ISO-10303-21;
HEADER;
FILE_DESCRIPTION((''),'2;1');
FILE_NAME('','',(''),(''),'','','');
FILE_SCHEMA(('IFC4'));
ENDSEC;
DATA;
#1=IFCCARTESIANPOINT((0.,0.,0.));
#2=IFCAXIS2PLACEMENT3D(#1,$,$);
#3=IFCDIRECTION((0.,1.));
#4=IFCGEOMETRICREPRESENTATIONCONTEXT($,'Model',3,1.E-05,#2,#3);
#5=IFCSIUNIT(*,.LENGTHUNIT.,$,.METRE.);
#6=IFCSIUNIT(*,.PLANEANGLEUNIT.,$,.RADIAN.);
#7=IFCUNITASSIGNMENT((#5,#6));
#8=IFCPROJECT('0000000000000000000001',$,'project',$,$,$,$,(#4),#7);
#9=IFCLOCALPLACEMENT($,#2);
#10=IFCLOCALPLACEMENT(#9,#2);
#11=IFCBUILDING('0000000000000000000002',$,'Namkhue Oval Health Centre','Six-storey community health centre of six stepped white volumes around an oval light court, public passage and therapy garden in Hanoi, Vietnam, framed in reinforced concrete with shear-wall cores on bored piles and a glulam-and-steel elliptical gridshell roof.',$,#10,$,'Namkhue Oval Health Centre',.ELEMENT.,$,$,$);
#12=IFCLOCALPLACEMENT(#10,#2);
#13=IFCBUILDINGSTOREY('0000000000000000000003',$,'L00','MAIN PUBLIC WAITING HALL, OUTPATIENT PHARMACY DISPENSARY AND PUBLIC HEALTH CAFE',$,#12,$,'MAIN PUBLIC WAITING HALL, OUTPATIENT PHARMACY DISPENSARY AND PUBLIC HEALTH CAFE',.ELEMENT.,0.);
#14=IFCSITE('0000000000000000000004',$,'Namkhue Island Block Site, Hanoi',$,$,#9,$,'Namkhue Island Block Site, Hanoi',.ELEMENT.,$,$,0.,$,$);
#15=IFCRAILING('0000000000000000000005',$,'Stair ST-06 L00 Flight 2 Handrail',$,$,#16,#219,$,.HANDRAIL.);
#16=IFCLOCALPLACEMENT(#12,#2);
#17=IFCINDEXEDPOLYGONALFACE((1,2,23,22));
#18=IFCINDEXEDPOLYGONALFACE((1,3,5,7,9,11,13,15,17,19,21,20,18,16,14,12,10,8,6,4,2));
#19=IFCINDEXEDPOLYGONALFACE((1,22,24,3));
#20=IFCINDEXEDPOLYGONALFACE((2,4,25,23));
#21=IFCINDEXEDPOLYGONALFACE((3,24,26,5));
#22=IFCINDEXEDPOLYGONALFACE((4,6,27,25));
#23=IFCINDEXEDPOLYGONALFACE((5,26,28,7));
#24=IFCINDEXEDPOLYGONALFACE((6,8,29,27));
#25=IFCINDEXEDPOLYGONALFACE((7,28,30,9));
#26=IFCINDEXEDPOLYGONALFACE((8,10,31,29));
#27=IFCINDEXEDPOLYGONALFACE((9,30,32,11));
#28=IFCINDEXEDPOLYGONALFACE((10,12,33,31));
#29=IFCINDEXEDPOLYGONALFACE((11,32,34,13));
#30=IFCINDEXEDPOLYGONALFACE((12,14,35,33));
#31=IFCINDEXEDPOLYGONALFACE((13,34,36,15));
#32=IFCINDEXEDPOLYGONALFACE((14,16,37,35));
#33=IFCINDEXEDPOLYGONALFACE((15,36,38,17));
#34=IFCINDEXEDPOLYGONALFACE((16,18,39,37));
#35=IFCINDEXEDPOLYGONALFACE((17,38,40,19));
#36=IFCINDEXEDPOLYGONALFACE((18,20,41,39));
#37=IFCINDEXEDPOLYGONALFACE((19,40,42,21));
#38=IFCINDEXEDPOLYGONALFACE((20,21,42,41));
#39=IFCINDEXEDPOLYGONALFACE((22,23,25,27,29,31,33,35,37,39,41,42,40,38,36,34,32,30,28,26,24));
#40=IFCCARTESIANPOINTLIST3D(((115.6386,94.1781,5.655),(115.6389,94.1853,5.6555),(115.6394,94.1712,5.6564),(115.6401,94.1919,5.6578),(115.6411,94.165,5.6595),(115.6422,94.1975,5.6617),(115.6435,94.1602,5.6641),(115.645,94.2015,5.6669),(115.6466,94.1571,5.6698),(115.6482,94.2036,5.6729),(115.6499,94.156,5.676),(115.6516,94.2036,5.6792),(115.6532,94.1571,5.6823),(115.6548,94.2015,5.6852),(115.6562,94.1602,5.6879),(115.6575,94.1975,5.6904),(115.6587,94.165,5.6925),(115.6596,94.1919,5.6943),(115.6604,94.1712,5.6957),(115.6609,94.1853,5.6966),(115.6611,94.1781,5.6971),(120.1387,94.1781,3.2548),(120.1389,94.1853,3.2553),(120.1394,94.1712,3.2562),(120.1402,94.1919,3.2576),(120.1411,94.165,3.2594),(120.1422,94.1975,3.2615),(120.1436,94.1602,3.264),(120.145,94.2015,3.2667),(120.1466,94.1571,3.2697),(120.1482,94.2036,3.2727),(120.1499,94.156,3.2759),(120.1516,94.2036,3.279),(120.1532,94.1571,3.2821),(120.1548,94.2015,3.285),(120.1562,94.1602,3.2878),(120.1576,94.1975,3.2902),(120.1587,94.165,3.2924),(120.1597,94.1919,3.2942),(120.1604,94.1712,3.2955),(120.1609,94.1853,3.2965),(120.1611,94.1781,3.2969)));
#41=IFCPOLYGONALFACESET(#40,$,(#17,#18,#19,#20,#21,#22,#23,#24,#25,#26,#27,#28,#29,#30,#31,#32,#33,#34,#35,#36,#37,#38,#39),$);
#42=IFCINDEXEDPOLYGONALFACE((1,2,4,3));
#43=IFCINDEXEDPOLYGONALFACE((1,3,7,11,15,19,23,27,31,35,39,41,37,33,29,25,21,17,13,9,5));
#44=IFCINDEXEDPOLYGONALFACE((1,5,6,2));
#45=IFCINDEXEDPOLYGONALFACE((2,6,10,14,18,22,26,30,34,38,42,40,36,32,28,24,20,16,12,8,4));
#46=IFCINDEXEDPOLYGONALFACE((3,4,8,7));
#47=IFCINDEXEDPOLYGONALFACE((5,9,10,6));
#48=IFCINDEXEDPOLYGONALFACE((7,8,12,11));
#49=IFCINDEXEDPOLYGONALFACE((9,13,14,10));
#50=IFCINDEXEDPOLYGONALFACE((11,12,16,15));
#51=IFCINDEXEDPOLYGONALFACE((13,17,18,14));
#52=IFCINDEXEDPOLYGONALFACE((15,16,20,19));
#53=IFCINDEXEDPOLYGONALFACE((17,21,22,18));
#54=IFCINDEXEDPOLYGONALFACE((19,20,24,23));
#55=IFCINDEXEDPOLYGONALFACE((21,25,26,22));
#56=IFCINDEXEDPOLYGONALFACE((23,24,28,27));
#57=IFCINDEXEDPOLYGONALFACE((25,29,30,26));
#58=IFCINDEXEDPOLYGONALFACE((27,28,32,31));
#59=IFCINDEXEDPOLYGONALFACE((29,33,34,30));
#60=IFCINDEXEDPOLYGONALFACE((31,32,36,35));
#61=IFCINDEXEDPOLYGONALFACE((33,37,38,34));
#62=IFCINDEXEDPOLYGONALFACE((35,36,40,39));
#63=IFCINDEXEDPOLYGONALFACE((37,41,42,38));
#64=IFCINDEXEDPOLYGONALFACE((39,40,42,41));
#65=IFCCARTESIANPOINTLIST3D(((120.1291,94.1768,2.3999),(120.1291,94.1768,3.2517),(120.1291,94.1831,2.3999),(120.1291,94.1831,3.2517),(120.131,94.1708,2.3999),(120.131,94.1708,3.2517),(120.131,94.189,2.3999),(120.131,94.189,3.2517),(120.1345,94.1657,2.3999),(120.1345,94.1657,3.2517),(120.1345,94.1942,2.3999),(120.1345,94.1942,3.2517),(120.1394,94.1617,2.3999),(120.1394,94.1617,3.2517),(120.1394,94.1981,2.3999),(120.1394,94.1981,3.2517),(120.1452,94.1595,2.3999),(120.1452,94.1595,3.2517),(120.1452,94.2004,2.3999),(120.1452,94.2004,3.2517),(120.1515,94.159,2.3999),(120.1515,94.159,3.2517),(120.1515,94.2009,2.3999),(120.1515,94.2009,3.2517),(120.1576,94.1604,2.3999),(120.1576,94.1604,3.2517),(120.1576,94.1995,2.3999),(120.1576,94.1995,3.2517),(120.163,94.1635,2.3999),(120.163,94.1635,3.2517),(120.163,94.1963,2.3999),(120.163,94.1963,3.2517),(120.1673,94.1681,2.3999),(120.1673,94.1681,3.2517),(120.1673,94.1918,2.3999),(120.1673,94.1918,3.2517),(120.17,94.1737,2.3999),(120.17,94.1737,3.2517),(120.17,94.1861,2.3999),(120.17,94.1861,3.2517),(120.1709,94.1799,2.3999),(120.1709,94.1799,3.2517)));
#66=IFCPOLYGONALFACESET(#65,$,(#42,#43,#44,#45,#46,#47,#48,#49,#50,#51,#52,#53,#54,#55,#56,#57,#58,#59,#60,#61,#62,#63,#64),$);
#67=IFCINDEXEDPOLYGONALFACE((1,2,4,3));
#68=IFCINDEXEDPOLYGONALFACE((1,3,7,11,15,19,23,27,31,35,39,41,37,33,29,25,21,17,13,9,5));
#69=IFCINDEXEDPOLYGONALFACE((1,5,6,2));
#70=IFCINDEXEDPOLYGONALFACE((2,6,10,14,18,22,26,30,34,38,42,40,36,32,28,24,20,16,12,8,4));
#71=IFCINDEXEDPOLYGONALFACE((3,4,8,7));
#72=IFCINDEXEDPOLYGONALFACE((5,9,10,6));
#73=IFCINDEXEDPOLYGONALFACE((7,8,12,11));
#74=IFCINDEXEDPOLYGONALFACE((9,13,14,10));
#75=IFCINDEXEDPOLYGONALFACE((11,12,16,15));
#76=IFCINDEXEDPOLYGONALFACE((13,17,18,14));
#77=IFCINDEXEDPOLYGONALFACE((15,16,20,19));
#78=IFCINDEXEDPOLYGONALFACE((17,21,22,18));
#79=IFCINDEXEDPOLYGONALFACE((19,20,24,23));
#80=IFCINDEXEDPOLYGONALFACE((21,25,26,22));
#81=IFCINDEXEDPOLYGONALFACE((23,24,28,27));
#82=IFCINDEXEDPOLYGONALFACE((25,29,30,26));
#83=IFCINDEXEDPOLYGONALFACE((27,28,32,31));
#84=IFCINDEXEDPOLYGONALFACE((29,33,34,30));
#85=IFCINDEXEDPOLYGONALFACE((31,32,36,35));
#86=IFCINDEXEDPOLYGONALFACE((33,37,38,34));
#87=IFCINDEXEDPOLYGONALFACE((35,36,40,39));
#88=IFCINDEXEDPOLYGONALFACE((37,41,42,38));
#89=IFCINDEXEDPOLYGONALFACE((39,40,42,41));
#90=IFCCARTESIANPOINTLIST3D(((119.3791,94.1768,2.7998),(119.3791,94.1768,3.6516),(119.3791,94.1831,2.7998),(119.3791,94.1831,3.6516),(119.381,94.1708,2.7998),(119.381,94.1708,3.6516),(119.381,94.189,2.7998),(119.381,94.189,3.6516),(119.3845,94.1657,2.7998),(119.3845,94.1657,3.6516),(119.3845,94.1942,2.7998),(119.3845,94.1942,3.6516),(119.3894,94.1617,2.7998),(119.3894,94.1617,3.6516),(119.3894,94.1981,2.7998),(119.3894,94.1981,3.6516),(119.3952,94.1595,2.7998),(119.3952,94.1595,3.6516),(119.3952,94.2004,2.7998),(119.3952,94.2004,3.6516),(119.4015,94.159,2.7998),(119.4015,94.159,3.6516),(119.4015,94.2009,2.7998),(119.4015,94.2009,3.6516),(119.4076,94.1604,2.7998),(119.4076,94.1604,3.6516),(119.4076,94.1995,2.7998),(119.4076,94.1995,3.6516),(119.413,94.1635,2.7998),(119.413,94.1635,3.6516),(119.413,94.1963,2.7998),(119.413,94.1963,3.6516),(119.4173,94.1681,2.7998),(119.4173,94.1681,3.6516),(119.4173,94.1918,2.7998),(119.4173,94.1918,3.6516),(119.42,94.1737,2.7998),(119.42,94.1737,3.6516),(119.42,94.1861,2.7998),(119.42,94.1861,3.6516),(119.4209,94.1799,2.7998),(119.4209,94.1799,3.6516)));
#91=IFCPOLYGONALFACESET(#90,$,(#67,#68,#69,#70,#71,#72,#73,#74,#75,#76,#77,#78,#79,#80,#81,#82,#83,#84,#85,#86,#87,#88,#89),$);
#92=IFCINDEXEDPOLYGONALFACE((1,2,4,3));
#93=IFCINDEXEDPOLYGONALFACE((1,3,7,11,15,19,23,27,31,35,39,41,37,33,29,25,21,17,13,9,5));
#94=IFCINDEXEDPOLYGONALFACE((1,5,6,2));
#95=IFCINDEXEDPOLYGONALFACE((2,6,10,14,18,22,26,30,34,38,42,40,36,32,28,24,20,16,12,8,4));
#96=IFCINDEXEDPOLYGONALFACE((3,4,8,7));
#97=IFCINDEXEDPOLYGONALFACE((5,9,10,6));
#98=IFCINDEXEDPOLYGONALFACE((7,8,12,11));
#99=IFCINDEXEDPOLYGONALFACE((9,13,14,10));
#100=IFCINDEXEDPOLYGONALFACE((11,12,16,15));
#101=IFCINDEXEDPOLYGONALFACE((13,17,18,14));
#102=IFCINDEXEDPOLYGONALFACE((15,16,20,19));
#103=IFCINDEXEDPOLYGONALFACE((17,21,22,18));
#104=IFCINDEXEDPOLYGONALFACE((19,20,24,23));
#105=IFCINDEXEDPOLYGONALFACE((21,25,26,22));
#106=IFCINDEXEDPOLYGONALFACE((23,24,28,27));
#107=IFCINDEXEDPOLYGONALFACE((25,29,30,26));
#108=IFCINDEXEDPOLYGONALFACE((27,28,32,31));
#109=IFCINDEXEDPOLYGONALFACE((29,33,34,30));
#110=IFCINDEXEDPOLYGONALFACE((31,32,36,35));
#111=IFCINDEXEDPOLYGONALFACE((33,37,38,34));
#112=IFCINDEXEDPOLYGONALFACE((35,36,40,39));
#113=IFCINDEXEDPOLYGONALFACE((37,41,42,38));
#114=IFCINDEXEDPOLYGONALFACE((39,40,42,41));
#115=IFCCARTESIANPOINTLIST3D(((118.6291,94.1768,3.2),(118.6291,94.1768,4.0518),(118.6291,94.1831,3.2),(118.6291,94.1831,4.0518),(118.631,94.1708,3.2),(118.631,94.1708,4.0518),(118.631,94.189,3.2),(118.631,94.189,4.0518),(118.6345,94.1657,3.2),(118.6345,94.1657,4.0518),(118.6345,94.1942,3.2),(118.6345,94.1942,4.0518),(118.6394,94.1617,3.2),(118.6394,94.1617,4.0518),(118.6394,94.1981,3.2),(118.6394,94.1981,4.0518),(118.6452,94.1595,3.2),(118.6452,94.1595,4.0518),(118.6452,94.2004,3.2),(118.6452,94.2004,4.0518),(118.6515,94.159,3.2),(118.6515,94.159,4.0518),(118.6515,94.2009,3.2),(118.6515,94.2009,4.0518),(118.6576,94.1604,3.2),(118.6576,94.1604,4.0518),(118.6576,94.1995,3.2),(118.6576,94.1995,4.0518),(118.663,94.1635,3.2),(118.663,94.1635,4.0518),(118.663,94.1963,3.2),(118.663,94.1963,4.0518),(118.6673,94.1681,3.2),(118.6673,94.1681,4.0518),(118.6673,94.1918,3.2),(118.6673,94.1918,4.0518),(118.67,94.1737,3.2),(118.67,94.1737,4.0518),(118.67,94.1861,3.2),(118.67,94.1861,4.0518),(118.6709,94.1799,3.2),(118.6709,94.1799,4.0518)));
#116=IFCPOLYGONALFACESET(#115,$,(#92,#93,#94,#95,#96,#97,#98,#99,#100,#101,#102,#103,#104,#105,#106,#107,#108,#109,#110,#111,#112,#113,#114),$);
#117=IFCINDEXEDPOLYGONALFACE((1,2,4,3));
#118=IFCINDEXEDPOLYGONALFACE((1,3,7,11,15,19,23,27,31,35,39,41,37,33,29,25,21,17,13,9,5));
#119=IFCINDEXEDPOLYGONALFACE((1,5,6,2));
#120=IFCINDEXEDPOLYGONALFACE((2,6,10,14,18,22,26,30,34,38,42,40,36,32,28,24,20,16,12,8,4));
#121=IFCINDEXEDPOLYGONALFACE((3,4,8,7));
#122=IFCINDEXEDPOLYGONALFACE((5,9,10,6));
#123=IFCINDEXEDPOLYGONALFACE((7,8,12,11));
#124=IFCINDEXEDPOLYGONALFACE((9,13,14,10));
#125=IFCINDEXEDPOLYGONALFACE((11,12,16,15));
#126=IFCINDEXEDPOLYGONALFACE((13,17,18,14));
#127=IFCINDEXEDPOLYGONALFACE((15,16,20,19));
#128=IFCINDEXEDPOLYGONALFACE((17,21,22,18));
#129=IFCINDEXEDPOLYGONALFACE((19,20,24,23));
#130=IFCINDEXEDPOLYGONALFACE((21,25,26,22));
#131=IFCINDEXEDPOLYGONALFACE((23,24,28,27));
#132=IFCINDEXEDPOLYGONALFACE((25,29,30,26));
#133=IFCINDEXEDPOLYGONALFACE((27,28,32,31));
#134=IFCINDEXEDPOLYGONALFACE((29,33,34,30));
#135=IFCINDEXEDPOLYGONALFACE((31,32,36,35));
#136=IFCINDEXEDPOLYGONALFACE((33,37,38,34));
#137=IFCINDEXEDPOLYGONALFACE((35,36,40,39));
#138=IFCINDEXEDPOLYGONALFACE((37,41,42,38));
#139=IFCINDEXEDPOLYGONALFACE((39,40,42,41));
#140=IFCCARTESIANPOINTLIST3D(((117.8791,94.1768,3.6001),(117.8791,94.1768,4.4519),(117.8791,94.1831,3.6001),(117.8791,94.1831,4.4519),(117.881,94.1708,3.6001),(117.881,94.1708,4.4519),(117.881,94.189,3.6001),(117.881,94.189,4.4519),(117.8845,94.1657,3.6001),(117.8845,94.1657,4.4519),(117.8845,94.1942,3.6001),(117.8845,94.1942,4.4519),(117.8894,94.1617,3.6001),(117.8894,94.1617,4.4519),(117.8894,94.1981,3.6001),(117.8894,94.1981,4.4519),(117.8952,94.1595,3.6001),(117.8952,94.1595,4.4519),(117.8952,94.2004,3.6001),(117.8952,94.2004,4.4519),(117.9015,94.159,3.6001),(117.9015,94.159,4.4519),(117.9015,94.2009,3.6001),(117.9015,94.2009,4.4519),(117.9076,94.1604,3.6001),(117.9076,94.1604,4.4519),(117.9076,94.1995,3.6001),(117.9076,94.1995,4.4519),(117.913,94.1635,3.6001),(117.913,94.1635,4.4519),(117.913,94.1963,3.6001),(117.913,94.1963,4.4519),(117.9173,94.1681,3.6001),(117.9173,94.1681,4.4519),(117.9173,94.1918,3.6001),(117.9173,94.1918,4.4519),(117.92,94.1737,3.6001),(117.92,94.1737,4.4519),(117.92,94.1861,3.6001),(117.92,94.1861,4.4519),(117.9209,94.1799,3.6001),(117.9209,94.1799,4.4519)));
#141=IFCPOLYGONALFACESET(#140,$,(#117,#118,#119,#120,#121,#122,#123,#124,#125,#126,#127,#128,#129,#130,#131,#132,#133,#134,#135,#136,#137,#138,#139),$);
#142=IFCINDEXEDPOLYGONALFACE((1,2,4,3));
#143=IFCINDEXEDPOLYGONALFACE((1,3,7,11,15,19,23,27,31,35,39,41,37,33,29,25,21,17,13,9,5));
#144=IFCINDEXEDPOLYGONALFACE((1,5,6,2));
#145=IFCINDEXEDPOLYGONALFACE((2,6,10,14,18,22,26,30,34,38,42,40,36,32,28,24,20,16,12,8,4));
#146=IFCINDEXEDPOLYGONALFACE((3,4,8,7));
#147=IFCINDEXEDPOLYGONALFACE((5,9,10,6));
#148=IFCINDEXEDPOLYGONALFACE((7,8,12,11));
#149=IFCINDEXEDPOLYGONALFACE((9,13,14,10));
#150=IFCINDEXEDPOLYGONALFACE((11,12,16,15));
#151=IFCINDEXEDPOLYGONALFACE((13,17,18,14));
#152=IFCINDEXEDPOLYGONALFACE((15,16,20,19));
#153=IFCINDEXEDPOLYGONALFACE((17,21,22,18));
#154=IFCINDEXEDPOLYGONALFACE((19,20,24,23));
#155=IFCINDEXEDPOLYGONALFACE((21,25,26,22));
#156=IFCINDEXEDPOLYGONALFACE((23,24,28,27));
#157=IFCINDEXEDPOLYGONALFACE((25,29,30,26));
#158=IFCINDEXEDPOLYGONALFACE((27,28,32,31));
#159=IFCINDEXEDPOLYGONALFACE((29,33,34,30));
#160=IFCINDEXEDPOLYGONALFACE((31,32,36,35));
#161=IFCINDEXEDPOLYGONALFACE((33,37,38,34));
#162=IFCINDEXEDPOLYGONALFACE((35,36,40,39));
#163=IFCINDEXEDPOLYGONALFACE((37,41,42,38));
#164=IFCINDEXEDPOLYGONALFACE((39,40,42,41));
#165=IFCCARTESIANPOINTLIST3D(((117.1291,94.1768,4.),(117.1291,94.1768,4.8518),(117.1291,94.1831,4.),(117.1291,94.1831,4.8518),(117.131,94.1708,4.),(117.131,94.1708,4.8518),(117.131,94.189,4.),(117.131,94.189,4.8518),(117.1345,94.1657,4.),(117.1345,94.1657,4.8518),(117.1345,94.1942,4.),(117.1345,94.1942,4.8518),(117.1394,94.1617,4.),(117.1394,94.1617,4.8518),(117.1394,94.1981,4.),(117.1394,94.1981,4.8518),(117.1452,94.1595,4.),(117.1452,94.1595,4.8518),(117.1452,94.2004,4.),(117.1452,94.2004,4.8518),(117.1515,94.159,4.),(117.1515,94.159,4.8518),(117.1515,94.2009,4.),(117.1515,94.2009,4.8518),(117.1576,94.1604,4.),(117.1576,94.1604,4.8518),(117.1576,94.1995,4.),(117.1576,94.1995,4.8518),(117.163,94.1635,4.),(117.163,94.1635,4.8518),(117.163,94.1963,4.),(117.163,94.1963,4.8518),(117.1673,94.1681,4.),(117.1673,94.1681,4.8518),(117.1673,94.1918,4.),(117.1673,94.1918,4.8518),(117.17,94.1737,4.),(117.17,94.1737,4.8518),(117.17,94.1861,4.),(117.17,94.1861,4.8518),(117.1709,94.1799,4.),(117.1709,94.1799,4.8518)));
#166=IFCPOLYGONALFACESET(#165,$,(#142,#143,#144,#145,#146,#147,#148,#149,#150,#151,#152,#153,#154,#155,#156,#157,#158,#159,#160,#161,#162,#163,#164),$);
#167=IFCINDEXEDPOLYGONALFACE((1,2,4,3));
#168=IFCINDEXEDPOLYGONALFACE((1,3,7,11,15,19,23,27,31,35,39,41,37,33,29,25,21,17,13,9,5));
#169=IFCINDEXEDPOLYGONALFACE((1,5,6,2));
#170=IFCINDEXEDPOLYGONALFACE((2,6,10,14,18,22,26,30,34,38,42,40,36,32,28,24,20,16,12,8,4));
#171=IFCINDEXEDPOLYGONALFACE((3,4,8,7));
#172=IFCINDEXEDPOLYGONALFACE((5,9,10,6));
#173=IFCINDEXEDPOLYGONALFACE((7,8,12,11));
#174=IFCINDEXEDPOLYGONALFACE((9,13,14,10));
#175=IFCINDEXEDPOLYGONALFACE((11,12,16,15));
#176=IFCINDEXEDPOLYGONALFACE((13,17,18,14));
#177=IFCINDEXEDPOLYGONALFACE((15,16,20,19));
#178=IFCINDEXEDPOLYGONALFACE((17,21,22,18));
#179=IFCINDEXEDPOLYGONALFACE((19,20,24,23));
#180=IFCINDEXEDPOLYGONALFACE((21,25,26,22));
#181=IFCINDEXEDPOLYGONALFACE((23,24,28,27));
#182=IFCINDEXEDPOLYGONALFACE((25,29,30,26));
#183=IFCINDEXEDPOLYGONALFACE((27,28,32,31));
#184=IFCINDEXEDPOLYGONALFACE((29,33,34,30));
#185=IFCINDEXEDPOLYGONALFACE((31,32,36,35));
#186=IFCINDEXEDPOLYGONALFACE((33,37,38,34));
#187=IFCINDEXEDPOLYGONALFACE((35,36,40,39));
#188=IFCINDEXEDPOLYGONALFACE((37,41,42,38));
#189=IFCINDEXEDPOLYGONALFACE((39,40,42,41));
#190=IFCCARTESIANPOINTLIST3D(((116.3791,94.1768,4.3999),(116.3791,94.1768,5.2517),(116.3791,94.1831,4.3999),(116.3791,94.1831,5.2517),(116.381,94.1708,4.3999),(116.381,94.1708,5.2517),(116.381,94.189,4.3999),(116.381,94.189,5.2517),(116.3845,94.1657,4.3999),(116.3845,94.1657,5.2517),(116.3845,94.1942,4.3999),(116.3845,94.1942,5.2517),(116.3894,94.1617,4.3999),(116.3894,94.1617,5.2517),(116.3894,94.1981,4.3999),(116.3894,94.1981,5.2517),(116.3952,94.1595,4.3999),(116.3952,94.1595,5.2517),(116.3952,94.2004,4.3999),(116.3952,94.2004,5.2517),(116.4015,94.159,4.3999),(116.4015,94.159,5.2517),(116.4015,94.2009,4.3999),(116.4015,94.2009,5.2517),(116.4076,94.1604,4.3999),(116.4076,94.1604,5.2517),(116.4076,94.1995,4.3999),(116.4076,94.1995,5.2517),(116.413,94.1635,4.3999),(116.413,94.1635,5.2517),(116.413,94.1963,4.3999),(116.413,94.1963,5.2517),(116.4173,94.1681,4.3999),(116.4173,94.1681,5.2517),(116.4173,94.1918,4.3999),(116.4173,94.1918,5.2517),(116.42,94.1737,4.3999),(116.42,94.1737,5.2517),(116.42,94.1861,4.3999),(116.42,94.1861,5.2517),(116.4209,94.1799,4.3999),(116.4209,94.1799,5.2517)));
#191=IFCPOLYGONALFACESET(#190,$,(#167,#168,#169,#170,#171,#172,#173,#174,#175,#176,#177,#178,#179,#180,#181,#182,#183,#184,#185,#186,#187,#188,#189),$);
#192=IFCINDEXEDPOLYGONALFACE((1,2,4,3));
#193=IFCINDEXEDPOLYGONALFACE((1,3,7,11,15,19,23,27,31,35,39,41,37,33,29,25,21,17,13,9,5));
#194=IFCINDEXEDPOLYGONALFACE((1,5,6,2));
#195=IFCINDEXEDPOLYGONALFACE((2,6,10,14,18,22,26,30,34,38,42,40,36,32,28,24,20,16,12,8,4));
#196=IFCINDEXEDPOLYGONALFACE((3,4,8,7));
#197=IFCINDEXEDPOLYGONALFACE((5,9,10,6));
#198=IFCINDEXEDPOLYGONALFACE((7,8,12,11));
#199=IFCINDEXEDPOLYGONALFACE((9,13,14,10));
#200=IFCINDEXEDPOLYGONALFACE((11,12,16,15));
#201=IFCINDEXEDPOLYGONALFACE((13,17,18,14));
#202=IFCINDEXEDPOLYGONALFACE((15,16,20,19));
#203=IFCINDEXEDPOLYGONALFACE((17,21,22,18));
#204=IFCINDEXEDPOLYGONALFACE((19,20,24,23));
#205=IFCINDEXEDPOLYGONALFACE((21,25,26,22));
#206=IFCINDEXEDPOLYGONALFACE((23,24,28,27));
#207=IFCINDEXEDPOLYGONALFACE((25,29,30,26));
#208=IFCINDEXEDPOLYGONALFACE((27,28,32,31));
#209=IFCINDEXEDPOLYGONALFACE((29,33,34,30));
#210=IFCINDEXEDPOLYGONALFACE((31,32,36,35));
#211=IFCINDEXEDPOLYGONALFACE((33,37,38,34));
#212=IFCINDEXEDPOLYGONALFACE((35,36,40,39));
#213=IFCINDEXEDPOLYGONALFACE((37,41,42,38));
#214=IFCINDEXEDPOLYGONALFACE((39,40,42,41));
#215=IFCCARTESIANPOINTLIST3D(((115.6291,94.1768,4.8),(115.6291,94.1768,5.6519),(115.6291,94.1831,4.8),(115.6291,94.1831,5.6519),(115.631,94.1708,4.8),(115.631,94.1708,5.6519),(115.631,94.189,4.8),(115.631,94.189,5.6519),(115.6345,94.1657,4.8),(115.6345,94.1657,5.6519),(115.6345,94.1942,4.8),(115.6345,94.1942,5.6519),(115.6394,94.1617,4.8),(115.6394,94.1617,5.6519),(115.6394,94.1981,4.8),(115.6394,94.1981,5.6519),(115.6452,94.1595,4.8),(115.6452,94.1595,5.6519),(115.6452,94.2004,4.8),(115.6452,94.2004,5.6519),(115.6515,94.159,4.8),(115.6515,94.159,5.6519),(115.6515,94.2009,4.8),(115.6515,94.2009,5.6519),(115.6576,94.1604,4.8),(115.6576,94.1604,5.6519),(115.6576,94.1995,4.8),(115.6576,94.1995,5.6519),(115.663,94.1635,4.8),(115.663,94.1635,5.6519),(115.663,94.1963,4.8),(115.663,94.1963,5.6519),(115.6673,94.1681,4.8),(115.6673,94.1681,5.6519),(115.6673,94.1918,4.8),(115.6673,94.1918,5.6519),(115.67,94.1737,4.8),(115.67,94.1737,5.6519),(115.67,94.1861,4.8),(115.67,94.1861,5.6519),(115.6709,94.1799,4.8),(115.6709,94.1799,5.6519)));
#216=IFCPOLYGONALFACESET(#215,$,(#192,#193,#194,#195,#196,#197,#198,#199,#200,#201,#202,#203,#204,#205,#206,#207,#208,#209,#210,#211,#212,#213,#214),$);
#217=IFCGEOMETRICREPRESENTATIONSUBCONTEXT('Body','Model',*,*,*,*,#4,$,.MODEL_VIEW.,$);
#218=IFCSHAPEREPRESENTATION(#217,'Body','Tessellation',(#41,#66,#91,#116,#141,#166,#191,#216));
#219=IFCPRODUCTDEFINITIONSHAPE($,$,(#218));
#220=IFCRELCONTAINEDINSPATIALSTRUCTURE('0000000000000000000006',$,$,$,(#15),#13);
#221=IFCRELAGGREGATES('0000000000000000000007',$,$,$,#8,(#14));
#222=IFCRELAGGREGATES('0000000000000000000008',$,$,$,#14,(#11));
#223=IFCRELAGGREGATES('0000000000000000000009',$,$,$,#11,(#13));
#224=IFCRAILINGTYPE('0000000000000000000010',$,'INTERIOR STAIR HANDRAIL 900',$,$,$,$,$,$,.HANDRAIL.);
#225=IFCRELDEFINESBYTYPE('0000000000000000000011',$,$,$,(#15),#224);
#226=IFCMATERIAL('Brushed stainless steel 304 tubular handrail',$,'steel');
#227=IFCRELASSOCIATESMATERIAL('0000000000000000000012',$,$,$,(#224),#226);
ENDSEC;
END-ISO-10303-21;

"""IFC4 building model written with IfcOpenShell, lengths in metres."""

from ifc_helpers import new_model, si_unit, direction, frame, origin, origin_2d, place, context, subcontext, project, spatial, circle, extrude, material, type_object, element, save


model = new_model("IFC4")

# Units and contexts
model_context = context("Model", 3, precision=1e-05, world=origin(), true_north=direction((0.0, 1.0)))
body_context = subcontext(model_context, "Body", "Model", "MODEL_VIEW")
ifc_project = project(units=[si_unit("LENGTHUNIT", "METRE"), si_unit("PLANEANGLEUNIT", "RADIAN")], contexts=[model_context])

# Site, building, storey
site_placement = place(None, origin())
site = spatial("IfcSite", under=ifc_project, at=site_placement, Name="Namkhue Island Block Site, Hanoi", LongName="Namkhue Island Block Site, Hanoi", CompositionType="ELEMENT", RefElevation=0.0)
building_placement = place(site_placement, origin())
building = spatial("IfcBuilding", under=site, at=building_placement, Name="Namkhue Oval Health Centre", Description="Six-storey community health centre of six stepped white volumes around an oval light court, public passage and therapy garden in Hanoi, Vietnam, framed in reinforced concrete with shear-wall cores on bored piles and a glulam-and-steel elliptical gridshell roof.", LongName="Namkhue Oval Health Centre", CompositionType="ELEMENT")
storey_placement = place(building_placement, origin())
storey = spatial("IfcBuildingStorey", under=building, at=storey_placement, Name="L00", Description="MAIN PUBLIC WAITING HALL, OUTPATIENT PHARMACY DISPENSARY AND PUBLIC HEALTH CAFE", LongName="MAIN PUBLIC WAITING HALL, OUTPATIENT PHARMACY DISPENSARY AND PUBLIC HEALTH CAFE", CompositionType="ELEMENT", Elevation=0.0)

# Railing
ifc_material_1 = material(Name="Brushed stainless steel 304 tubular handrail", Category="steel")
railing_type_1 = type_object("IfcRailingType", Name="INTERIOR STAIR HANDRAIL 900", PredefinedType="HANDRAIL", material=ifc_material_1)
railing_1_placement = place(storey_placement, frame((120.1499, 94.1799, 2.3999)))
element("IfcRailing", 1, at=railing_1_placement, inside=storey, type_object=railing_type_1, Name="Stair ST-06 L00 Flight 2 Handrail", PredefinedType="HANDRAIL", context=body_context, shape_type="SweptSolid", body=[
    extrude(circle(Radius=0.0239, at=origin_2d()), frame((0.0, 0.0, 0.876), z_axis=(-0.882341, 0.0, 0.470611), x_axis=(0.0, -1.0, 0.0)), (0.0, 0.0, 1.0), 5.1001),
    extrude(circle(Radius=0.021, at=origin_2d()), origin(), (0.0, 0.0, 1.0), 0.8518),
    extrude(circle(Radius=0.021, at=origin_2d()), frame((-0.75, 0.0, 0.3999)), (0.0, 0.0, 1.0), 0.8518),
    extrude(circle(Radius=0.021, at=origin_2d()), frame((-1.5, 0.0, 0.8)), (0.0, 0.0, 1.0), 0.8518),
    extrude(circle(Radius=0.021, at=origin_2d()), frame((-2.25, 0.0, 1.2002)), (0.0, 0.0, 1.0), 0.8518),
    extrude(circle(Radius=0.021, at=origin_2d()), frame((-3.0, 0.0, 1.6001)), (0.0, 0.0, 1.0), 0.8518),
    extrude(circle(Radius=0.021, at=origin_2d()), frame((-3.75, 0.0, 2.0)), (0.0, 0.0, 1.0), 0.8518),
    extrude(circle(Radius=0.021, at=origin_2d()), frame((-4.5, 0.0, 2.4001)), (0.0, 0.0, 1.0), 0.8518),
])

save(model, "model.ifc")
